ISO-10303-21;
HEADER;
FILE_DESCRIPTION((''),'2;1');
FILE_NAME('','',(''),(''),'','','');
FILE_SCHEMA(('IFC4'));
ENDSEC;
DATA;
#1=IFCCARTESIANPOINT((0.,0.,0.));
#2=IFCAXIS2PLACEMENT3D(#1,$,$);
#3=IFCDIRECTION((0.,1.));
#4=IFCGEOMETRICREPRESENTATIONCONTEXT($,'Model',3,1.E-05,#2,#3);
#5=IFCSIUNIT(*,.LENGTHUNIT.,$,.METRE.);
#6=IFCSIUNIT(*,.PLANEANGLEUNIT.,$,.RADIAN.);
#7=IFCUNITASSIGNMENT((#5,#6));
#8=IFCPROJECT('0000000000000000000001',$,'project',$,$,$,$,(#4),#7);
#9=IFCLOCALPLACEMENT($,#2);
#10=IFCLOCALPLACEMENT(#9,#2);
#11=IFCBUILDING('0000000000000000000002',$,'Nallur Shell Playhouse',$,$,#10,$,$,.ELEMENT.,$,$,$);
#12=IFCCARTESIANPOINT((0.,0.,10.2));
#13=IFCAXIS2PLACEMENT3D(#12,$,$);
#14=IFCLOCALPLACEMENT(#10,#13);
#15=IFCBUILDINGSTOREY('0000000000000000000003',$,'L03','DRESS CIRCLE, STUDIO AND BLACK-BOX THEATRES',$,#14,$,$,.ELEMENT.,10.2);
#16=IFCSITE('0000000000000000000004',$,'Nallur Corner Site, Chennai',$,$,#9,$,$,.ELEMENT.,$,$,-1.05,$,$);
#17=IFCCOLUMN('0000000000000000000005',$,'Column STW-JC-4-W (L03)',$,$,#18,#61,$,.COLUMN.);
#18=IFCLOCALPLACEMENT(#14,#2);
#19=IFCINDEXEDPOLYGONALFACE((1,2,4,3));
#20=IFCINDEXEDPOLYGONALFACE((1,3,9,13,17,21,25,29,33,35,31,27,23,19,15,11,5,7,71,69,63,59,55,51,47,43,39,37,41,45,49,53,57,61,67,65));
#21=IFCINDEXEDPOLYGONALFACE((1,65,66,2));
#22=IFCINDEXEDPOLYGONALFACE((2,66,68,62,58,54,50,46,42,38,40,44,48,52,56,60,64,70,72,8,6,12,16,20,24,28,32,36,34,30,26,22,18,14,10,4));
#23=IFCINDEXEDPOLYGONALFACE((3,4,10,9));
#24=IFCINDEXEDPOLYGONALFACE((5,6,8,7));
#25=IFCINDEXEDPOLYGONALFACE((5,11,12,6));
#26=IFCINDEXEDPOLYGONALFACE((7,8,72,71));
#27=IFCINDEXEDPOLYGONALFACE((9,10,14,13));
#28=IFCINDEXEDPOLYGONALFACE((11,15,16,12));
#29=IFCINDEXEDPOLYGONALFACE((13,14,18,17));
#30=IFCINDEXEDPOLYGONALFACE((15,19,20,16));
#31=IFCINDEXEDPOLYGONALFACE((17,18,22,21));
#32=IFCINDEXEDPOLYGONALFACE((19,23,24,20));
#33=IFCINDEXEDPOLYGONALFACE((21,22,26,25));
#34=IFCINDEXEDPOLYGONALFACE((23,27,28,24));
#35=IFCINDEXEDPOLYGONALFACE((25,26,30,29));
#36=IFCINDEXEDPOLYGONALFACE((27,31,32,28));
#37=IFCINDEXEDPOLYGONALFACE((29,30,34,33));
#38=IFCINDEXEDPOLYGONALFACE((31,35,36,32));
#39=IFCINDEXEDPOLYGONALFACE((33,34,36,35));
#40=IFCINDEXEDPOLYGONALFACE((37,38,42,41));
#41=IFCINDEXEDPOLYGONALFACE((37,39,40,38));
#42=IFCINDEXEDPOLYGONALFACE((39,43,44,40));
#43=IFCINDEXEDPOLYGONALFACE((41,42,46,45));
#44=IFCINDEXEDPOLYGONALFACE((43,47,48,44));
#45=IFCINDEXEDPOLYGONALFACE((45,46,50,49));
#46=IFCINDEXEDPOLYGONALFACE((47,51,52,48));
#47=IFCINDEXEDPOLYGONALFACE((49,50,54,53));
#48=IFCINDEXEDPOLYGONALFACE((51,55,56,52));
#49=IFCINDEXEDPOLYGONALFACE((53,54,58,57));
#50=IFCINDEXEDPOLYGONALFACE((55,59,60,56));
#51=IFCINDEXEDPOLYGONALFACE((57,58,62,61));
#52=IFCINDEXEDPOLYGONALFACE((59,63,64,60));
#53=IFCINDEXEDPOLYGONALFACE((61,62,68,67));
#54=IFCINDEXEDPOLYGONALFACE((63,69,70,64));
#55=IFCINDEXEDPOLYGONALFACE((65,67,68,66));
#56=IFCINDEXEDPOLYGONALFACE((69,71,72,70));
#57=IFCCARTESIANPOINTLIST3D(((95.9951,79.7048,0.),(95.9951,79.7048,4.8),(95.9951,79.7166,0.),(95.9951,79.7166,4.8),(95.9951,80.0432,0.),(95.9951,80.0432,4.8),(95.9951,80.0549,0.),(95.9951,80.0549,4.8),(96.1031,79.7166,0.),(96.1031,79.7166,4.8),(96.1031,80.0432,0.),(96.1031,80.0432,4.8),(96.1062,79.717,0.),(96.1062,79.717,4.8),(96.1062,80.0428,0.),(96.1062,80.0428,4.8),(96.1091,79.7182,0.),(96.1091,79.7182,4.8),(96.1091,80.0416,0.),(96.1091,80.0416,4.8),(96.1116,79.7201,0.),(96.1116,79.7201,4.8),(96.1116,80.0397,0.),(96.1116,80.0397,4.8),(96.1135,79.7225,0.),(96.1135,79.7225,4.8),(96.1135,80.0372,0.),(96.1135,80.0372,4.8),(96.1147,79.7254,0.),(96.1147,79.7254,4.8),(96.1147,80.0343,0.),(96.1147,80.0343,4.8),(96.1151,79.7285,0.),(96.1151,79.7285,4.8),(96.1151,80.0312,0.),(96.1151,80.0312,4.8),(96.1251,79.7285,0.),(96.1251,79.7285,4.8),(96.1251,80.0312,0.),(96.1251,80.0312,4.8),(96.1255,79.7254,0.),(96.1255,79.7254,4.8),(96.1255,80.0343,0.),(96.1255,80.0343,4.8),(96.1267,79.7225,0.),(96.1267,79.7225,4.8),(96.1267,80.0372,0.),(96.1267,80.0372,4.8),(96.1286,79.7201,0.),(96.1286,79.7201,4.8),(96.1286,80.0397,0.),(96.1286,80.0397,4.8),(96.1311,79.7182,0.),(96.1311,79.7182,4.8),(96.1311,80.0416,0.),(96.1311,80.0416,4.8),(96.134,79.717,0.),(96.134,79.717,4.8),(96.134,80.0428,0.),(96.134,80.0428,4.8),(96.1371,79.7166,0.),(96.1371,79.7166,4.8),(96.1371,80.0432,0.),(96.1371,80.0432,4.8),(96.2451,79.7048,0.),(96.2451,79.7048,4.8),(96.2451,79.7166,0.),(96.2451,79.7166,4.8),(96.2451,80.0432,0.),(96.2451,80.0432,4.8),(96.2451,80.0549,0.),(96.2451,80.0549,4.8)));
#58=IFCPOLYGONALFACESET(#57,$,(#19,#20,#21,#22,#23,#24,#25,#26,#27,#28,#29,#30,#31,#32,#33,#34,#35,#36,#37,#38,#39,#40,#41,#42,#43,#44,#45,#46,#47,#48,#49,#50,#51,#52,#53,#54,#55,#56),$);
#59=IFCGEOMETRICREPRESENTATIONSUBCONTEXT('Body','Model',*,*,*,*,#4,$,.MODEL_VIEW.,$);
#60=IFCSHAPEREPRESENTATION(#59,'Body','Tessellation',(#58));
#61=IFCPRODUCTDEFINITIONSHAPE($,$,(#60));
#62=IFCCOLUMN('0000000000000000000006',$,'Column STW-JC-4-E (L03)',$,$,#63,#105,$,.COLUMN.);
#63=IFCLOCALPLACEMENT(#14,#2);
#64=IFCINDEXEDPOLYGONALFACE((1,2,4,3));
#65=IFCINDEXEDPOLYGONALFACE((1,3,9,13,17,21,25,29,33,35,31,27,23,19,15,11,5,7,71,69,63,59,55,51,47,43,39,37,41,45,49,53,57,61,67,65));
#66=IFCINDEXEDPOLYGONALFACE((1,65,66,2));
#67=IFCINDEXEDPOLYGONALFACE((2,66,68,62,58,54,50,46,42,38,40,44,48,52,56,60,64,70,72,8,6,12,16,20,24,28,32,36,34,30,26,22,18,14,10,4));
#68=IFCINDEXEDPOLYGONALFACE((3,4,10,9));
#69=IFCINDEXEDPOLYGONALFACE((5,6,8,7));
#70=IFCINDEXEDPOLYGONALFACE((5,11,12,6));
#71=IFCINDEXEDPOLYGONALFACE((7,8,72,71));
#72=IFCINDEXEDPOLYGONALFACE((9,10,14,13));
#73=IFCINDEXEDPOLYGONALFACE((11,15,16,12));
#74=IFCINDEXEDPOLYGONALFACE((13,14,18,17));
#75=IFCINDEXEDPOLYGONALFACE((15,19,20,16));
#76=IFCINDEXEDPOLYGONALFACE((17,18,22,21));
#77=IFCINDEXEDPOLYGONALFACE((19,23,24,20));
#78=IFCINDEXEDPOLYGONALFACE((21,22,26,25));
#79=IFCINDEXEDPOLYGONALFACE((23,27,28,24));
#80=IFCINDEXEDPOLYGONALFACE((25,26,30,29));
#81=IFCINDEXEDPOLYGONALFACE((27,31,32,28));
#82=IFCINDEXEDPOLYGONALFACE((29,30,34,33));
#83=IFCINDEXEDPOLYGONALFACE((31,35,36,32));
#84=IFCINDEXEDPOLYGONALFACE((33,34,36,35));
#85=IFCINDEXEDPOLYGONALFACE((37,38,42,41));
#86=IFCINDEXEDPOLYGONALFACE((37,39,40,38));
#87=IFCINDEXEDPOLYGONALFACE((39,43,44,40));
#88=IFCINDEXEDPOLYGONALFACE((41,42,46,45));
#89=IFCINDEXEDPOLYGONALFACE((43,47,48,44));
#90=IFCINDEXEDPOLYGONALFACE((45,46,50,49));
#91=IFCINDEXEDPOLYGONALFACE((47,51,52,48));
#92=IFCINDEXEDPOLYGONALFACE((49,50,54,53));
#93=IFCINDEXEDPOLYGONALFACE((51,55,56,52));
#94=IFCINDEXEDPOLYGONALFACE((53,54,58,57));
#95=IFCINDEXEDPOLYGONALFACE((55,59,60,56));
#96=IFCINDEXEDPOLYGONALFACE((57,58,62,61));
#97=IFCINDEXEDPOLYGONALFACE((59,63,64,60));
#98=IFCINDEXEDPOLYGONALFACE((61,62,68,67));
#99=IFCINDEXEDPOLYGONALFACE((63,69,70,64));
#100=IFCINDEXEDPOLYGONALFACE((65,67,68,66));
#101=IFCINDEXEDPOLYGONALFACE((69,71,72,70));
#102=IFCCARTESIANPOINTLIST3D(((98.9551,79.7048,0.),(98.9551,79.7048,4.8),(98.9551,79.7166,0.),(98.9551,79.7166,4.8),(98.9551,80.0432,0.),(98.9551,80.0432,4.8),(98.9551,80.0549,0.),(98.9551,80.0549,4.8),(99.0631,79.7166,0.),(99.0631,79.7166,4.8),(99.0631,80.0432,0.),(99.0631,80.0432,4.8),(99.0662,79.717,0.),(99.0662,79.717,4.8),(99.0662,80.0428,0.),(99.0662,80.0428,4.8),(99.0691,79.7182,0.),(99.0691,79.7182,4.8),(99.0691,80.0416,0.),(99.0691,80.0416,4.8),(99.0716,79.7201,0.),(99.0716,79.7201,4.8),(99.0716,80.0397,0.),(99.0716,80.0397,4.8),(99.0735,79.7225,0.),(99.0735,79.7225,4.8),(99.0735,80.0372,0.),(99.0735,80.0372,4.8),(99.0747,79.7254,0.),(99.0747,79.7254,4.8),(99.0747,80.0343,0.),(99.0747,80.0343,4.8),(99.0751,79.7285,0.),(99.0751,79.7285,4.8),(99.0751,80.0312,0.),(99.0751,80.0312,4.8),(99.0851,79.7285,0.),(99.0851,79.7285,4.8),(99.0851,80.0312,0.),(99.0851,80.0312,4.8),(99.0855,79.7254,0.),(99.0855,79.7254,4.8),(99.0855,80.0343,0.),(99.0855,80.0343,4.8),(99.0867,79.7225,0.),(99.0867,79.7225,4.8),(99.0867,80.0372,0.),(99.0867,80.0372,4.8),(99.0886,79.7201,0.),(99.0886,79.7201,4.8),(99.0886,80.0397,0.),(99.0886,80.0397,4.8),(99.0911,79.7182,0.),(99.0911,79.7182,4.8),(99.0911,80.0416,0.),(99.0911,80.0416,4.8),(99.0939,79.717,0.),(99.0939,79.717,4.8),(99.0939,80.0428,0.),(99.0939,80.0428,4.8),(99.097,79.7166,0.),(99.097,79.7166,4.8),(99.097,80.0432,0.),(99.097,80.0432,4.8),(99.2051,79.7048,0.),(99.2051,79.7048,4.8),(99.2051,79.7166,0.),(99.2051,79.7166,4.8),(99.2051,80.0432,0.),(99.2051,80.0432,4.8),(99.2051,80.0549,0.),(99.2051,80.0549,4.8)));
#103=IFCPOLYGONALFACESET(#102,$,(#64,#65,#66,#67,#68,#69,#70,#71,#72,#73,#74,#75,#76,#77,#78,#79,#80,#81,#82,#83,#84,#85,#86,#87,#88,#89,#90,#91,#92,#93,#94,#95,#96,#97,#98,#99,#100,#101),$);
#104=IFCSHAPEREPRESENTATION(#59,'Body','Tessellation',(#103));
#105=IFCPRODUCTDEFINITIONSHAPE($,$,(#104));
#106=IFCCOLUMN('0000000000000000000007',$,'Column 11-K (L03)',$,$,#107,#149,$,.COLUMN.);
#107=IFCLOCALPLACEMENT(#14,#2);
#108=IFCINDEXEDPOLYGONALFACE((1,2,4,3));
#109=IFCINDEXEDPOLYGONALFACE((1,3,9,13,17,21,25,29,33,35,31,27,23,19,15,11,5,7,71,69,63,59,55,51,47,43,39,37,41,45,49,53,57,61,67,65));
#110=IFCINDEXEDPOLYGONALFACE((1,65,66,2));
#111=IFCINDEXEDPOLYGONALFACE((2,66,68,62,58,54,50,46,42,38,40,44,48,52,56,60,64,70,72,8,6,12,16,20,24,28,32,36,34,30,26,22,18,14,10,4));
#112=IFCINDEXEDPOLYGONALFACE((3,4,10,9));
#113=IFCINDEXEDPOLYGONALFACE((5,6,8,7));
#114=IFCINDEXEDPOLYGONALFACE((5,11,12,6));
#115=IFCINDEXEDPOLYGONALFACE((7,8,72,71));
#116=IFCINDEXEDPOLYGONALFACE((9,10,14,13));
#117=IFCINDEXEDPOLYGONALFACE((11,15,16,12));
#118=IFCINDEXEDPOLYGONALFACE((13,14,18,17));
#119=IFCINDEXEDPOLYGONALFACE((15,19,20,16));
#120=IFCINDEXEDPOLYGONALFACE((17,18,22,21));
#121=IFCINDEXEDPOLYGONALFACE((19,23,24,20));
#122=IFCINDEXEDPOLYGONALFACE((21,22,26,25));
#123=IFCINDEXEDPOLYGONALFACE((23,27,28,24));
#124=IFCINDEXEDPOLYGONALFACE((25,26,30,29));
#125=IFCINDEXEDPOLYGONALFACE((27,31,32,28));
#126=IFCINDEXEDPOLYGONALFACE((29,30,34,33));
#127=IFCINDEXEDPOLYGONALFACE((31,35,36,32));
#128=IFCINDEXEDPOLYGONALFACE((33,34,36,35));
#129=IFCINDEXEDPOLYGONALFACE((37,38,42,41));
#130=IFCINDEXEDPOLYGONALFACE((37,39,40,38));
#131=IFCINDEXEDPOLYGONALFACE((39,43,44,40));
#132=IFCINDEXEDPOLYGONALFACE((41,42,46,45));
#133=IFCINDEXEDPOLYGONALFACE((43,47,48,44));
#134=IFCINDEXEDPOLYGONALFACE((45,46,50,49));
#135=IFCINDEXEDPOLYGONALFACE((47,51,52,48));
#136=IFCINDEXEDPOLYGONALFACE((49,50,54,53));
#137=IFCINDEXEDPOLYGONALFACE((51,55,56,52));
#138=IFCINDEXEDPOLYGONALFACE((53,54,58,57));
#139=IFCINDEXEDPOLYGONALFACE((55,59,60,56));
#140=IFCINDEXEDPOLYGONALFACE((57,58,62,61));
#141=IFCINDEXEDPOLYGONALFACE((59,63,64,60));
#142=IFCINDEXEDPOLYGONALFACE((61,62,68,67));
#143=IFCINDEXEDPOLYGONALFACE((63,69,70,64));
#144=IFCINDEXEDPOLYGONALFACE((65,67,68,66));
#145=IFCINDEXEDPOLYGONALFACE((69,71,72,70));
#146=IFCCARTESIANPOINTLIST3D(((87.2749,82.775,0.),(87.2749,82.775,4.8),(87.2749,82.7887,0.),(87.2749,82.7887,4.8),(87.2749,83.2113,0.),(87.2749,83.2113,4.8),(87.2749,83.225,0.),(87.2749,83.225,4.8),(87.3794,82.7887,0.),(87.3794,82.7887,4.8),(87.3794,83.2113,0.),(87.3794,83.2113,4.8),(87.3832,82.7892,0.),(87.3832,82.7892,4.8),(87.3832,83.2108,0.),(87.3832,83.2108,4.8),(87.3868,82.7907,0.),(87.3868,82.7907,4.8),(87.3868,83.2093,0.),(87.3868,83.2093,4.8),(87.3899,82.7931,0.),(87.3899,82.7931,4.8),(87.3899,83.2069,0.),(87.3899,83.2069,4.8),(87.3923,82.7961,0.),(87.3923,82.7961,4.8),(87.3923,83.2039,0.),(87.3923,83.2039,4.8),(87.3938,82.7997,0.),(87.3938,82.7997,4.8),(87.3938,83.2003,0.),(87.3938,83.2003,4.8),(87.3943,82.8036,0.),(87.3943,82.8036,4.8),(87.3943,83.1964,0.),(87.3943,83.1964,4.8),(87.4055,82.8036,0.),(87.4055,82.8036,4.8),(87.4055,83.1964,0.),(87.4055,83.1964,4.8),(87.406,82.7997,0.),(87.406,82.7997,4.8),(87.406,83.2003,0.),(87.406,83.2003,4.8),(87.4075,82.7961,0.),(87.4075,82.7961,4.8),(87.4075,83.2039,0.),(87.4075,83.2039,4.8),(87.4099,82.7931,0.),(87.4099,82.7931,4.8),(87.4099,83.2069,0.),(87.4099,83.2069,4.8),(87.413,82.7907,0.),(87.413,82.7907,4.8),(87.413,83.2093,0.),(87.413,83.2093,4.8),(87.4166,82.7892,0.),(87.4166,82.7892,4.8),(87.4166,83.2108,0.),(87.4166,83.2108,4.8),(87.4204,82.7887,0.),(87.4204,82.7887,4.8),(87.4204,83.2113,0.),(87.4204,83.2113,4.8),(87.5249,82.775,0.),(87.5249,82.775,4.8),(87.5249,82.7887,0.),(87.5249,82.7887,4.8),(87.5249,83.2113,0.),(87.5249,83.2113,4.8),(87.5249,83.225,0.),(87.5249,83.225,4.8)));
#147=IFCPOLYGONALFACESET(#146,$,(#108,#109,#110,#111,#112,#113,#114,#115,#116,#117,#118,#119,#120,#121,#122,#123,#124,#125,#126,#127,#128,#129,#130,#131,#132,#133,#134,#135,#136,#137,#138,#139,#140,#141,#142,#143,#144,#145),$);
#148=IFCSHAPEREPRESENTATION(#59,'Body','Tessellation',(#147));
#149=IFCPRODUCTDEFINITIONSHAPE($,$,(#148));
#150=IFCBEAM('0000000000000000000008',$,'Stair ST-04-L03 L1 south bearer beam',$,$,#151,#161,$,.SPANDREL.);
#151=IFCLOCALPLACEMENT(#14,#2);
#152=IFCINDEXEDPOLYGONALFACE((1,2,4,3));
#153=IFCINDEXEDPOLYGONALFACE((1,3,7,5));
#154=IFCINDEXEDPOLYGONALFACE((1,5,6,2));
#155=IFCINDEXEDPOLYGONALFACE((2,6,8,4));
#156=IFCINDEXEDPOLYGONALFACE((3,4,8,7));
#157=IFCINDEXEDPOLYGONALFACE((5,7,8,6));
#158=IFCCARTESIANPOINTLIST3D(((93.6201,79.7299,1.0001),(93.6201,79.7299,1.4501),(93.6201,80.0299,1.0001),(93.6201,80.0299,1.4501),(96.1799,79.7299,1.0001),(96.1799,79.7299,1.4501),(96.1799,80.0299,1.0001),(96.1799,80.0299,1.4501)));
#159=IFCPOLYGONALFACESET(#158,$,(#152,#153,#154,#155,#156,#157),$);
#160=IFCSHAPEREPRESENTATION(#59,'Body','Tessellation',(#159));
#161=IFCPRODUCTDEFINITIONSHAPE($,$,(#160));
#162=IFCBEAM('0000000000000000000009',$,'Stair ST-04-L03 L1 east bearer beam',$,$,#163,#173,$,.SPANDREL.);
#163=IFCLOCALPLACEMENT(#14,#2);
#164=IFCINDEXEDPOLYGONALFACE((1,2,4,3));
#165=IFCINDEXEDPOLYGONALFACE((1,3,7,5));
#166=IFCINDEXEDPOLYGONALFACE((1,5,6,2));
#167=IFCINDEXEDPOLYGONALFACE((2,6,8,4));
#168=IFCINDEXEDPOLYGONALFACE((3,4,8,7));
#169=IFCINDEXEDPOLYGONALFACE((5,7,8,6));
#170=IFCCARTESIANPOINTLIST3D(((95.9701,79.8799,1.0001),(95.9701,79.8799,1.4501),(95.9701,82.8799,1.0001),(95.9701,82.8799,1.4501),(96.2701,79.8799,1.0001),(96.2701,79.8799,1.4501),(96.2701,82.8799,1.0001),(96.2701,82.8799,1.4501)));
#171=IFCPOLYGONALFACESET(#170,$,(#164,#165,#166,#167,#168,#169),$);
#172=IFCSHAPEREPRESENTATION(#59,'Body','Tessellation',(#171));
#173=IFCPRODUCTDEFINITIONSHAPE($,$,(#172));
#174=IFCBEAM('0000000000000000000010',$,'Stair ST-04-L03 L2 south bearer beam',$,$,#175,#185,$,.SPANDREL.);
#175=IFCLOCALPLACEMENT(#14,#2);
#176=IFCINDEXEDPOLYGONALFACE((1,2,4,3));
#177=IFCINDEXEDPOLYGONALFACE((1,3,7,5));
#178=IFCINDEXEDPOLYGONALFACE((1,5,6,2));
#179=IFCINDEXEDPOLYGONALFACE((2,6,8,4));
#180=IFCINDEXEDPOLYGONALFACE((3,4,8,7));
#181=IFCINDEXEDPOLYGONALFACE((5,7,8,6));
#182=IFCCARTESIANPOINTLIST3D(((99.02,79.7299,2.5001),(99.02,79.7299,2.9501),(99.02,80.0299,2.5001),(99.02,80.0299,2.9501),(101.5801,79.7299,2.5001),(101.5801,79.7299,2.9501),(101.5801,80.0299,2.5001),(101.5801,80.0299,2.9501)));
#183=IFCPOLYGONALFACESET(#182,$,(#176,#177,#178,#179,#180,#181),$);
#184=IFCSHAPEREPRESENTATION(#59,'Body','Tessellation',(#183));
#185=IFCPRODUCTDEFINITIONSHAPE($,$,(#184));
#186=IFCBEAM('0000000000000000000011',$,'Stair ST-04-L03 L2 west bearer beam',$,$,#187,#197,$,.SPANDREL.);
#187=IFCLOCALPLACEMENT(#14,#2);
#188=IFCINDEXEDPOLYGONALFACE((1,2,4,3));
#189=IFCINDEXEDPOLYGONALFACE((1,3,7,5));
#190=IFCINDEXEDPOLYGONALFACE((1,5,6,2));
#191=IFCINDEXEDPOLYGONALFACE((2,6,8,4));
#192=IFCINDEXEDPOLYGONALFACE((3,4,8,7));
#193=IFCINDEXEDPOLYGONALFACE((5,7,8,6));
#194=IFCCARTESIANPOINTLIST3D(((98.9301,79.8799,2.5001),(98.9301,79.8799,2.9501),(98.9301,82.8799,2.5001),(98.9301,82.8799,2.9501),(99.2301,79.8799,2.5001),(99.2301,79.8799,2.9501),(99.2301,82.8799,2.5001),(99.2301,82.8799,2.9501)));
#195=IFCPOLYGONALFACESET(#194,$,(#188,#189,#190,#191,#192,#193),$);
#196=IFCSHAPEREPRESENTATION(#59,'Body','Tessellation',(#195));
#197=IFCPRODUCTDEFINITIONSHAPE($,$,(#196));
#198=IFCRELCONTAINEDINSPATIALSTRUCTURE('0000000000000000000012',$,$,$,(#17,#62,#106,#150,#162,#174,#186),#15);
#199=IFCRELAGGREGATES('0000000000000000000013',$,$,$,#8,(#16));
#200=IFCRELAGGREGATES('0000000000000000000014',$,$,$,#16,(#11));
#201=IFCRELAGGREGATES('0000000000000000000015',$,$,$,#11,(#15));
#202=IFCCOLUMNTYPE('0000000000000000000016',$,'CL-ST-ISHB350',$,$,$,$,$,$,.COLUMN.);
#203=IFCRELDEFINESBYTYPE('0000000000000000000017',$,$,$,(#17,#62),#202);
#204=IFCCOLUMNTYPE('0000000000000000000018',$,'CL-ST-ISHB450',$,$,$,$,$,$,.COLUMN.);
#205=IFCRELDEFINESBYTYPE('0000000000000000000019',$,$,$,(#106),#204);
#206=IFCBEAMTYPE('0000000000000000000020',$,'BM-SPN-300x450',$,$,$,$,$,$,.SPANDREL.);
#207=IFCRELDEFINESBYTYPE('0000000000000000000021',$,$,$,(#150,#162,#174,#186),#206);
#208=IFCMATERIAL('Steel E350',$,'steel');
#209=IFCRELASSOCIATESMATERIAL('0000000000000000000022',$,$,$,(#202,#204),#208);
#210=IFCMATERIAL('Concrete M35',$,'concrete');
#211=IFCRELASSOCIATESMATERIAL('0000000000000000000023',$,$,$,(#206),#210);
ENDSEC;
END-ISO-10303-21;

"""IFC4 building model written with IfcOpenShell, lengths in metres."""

from ifc_helpers import new_model, si_unit, direction, frame, origin, origin_2d, place, context, subcontext, project, spatial, rectangle, i_section, extrude, material, material_profile, profile_set, type_object, element, save


model = new_model("IFC4")

# Units and contexts
model_context = context("Model", 3, precision=1e-05, world=origin(), true_north=direction((0.0, 1.0)))
body_context = subcontext(model_context, "Body", "Model", "MODEL_VIEW")
ifc_project = project(units=[si_unit("LENGTHUNIT", "METRE"), si_unit("PLANEANGLEUNIT", "RADIAN")], contexts=[model_context])

# Site, building, storey
site_placement = place(None, origin())
site = spatial("IfcSite", under=ifc_project, at=site_placement, Name="Nallur Corner Site, Chennai", CompositionType="ELEMENT", RefElevation=-1.05)
building_placement = place(site_placement, origin())
building = spatial("IfcBuilding", under=site, at=building_placement, Name="Nallur Shell Playhouse", CompositionType="ELEMENT")
storey_placement = place(building_placement, frame((0.0, 0.0, 10.2)))
storey = spatial("IfcBuildingStorey", under=building, at=storey_placement, Name="L03", Description="DRESS CIRCLE, STUDIO AND BLACK-BOX THEATRES", CompositionType="ELEMENT", Elevation=10.2)

# Columns
ifc_material_1 = material(Name="Steel E350", Category="steel")
ifc_material_profile_1 = material_profile(ifc_material_1, i_section(OverallWidth=0.25, OverallDepth=0.3501, WebThickness=0.01, FlangeThickness=0.0117, FilletRadius=0.012, at=origin_2d()), Name="ISHB 350")
ifc_profile_set_1 = profile_set([ifc_material_profile_1], Name="Steel E350")
column_type_1 = type_object("IfcColumnType", Name="CL-ST-ISHB350", PredefinedType="COLUMN", material=ifc_profile_set_1)
for number, where, z_axis, x_axis, name in (
    (1, (96.1201, 79.8799, 0.0), (0.0, 0.0, 1.0), (1.0, 0.0, 0.0), "Column STW-JC-4-W (L03)"),
    (2, (99.0801, 79.8799, 0.0), (0.0, 0.0, 1.0), (1.0, 0.0, 0.0), "Column STW-JC-4-E (L03)"),
):
    element("IfcColumn", number, at=place(storey_placement, frame(where, z_axis=z_axis, x_axis=x_axis)), inside=storey, type_object=column_type_1, Name=name, PredefinedType="COLUMN", context=body_context, shape_type="SweptSolid", body=[
        extrude(i_section(OverallWidth=0.25, OverallDepth=0.3501, WebThickness=0.01, FlangeThickness=0.0117, FilletRadius=0.012, at=origin_2d()), origin(), (0.0, 0.0, 1.0), 4.8),
    ])
ifc_material_profile_2 = material_profile(ifc_material_1, i_section(OverallWidth=0.25, OverallDepth=0.45, WebThickness=0.0112, FlangeThickness=0.0137, FilletRadius=0.0149, at=origin_2d()), Name="ISHB 450")
ifc_profile_set_2 = profile_set([ifc_material_profile_2], Name="Steel E350")
column_type_2 = type_object("IfcColumnType", Name="CL-ST-ISHB450", PredefinedType="COLUMN", material=ifc_profile_set_2)
column_placement = place(storey_placement, frame((87.3999, 83.0, 0.0), z_axis=(0.0, 0.0, 1.0), x_axis=(1.0, 0.0, 0.0)))
element("IfcColumn", 3, at=column_placement, inside=storey, type_object=column_type_2, Name="Column 11-K (L03)", PredefinedType="COLUMN", context=body_context, shape_type="SweptSolid", body=[
    extrude(i_section(OverallWidth=0.25, OverallDepth=0.45, WebThickness=0.0112, FlangeThickness=0.0137, FilletRadius=0.0149, at=origin_2d()), origin(), (0.0, 0.0, 1.0), 4.8),
])

# Beams
ifc_material_2 = material(Name="Concrete M35", Category="concrete")
ifc_material_profile_3 = material_profile(ifc_material_2, rectangle(XDim=0.3, YDim=0.45, at=origin_2d()), Name="RC 300x450")
ifc_profile_set_3 = profile_set([ifc_material_profile_3], Name="Concrete M35")
beam_type_1 = type_object("IfcBeamType", Name="BM-SPN-300x450", PredefinedType="SPANDREL", material=ifc_profile_set_3)
beam_1_placement = place(storey_placement, frame((93.6201, 79.8799, 1.2251), z_axis=(1.0, 0.0, 0.0), x_axis=(0.0, 1.0, 0.0)))
element("IfcBeam", 4, at=beam_1_placement, inside=storey, type_object=beam_type_1, Name="Stair ST-04-L03 L1 south bearer beam", PredefinedType="SPANDREL", context=body_context, shape_type="SweptSolid", body=[
    extrude(rectangle(XDim=0.3, YDim=0.45, at=origin_2d()), origin(), (0.0, 0.0, 1.0), 2.5598),
])
beam_2_placement = place(storey_placement, frame((96.1201, 79.8799, 1.2251), z_axis=(0.0, 1.0, 0.0), x_axis=(-1.0, 0.0, 0.0)))
element("IfcBeam", 5, at=beam_2_placement, inside=storey, type_object=beam_type_1, Name="Stair ST-04-L03 L1 east bearer beam", PredefinedType="SPANDREL", context=body_context, shape_type="SweptSolid", body=[
    extrude(rectangle(XDim=0.3, YDim=0.45, at=origin_2d()), origin(), (0.0, 0.0, 1.0), 3.0),
])
beam_3_placement = place(storey_placement, frame((99.02, 79.8799, 2.7251), z_axis=(1.0, 0.0, 0.0), x_axis=(0.0, 1.0, 0.0)))
element("IfcBeam", 6, at=beam_3_placement, inside=storey, type_object=beam_type_1, Name="Stair ST-04-L03 L2 south bearer beam", PredefinedType="SPANDREL", context=body_context, shape_type="SweptSolid", body=[
    extrude(rectangle(XDim=0.3, YDim=0.45, at=origin_2d()), origin(), (0.0, 0.0, 1.0), 2.5601),
])
beam_4_placement = place(storey_placement, frame((99.0801, 79.8799, 2.7251), z_axis=(0.0, 1.0, 0.0), x_axis=(-1.0, 0.0, 0.0)))
element("IfcBeam", 7, at=beam_4_placement, inside=storey, type_object=beam_type_1, Name="Stair ST-04-L03 L2 west bearer beam", PredefinedType="SPANDREL", context=body_context, shape_type="SweptSolid", body=[
    extrude(rectangle(XDim=0.3, YDim=0.45, at=origin_2d()), origin(), (0.0, 0.0, 1.0), 3.0),
])

save(model, "model.ifc")
